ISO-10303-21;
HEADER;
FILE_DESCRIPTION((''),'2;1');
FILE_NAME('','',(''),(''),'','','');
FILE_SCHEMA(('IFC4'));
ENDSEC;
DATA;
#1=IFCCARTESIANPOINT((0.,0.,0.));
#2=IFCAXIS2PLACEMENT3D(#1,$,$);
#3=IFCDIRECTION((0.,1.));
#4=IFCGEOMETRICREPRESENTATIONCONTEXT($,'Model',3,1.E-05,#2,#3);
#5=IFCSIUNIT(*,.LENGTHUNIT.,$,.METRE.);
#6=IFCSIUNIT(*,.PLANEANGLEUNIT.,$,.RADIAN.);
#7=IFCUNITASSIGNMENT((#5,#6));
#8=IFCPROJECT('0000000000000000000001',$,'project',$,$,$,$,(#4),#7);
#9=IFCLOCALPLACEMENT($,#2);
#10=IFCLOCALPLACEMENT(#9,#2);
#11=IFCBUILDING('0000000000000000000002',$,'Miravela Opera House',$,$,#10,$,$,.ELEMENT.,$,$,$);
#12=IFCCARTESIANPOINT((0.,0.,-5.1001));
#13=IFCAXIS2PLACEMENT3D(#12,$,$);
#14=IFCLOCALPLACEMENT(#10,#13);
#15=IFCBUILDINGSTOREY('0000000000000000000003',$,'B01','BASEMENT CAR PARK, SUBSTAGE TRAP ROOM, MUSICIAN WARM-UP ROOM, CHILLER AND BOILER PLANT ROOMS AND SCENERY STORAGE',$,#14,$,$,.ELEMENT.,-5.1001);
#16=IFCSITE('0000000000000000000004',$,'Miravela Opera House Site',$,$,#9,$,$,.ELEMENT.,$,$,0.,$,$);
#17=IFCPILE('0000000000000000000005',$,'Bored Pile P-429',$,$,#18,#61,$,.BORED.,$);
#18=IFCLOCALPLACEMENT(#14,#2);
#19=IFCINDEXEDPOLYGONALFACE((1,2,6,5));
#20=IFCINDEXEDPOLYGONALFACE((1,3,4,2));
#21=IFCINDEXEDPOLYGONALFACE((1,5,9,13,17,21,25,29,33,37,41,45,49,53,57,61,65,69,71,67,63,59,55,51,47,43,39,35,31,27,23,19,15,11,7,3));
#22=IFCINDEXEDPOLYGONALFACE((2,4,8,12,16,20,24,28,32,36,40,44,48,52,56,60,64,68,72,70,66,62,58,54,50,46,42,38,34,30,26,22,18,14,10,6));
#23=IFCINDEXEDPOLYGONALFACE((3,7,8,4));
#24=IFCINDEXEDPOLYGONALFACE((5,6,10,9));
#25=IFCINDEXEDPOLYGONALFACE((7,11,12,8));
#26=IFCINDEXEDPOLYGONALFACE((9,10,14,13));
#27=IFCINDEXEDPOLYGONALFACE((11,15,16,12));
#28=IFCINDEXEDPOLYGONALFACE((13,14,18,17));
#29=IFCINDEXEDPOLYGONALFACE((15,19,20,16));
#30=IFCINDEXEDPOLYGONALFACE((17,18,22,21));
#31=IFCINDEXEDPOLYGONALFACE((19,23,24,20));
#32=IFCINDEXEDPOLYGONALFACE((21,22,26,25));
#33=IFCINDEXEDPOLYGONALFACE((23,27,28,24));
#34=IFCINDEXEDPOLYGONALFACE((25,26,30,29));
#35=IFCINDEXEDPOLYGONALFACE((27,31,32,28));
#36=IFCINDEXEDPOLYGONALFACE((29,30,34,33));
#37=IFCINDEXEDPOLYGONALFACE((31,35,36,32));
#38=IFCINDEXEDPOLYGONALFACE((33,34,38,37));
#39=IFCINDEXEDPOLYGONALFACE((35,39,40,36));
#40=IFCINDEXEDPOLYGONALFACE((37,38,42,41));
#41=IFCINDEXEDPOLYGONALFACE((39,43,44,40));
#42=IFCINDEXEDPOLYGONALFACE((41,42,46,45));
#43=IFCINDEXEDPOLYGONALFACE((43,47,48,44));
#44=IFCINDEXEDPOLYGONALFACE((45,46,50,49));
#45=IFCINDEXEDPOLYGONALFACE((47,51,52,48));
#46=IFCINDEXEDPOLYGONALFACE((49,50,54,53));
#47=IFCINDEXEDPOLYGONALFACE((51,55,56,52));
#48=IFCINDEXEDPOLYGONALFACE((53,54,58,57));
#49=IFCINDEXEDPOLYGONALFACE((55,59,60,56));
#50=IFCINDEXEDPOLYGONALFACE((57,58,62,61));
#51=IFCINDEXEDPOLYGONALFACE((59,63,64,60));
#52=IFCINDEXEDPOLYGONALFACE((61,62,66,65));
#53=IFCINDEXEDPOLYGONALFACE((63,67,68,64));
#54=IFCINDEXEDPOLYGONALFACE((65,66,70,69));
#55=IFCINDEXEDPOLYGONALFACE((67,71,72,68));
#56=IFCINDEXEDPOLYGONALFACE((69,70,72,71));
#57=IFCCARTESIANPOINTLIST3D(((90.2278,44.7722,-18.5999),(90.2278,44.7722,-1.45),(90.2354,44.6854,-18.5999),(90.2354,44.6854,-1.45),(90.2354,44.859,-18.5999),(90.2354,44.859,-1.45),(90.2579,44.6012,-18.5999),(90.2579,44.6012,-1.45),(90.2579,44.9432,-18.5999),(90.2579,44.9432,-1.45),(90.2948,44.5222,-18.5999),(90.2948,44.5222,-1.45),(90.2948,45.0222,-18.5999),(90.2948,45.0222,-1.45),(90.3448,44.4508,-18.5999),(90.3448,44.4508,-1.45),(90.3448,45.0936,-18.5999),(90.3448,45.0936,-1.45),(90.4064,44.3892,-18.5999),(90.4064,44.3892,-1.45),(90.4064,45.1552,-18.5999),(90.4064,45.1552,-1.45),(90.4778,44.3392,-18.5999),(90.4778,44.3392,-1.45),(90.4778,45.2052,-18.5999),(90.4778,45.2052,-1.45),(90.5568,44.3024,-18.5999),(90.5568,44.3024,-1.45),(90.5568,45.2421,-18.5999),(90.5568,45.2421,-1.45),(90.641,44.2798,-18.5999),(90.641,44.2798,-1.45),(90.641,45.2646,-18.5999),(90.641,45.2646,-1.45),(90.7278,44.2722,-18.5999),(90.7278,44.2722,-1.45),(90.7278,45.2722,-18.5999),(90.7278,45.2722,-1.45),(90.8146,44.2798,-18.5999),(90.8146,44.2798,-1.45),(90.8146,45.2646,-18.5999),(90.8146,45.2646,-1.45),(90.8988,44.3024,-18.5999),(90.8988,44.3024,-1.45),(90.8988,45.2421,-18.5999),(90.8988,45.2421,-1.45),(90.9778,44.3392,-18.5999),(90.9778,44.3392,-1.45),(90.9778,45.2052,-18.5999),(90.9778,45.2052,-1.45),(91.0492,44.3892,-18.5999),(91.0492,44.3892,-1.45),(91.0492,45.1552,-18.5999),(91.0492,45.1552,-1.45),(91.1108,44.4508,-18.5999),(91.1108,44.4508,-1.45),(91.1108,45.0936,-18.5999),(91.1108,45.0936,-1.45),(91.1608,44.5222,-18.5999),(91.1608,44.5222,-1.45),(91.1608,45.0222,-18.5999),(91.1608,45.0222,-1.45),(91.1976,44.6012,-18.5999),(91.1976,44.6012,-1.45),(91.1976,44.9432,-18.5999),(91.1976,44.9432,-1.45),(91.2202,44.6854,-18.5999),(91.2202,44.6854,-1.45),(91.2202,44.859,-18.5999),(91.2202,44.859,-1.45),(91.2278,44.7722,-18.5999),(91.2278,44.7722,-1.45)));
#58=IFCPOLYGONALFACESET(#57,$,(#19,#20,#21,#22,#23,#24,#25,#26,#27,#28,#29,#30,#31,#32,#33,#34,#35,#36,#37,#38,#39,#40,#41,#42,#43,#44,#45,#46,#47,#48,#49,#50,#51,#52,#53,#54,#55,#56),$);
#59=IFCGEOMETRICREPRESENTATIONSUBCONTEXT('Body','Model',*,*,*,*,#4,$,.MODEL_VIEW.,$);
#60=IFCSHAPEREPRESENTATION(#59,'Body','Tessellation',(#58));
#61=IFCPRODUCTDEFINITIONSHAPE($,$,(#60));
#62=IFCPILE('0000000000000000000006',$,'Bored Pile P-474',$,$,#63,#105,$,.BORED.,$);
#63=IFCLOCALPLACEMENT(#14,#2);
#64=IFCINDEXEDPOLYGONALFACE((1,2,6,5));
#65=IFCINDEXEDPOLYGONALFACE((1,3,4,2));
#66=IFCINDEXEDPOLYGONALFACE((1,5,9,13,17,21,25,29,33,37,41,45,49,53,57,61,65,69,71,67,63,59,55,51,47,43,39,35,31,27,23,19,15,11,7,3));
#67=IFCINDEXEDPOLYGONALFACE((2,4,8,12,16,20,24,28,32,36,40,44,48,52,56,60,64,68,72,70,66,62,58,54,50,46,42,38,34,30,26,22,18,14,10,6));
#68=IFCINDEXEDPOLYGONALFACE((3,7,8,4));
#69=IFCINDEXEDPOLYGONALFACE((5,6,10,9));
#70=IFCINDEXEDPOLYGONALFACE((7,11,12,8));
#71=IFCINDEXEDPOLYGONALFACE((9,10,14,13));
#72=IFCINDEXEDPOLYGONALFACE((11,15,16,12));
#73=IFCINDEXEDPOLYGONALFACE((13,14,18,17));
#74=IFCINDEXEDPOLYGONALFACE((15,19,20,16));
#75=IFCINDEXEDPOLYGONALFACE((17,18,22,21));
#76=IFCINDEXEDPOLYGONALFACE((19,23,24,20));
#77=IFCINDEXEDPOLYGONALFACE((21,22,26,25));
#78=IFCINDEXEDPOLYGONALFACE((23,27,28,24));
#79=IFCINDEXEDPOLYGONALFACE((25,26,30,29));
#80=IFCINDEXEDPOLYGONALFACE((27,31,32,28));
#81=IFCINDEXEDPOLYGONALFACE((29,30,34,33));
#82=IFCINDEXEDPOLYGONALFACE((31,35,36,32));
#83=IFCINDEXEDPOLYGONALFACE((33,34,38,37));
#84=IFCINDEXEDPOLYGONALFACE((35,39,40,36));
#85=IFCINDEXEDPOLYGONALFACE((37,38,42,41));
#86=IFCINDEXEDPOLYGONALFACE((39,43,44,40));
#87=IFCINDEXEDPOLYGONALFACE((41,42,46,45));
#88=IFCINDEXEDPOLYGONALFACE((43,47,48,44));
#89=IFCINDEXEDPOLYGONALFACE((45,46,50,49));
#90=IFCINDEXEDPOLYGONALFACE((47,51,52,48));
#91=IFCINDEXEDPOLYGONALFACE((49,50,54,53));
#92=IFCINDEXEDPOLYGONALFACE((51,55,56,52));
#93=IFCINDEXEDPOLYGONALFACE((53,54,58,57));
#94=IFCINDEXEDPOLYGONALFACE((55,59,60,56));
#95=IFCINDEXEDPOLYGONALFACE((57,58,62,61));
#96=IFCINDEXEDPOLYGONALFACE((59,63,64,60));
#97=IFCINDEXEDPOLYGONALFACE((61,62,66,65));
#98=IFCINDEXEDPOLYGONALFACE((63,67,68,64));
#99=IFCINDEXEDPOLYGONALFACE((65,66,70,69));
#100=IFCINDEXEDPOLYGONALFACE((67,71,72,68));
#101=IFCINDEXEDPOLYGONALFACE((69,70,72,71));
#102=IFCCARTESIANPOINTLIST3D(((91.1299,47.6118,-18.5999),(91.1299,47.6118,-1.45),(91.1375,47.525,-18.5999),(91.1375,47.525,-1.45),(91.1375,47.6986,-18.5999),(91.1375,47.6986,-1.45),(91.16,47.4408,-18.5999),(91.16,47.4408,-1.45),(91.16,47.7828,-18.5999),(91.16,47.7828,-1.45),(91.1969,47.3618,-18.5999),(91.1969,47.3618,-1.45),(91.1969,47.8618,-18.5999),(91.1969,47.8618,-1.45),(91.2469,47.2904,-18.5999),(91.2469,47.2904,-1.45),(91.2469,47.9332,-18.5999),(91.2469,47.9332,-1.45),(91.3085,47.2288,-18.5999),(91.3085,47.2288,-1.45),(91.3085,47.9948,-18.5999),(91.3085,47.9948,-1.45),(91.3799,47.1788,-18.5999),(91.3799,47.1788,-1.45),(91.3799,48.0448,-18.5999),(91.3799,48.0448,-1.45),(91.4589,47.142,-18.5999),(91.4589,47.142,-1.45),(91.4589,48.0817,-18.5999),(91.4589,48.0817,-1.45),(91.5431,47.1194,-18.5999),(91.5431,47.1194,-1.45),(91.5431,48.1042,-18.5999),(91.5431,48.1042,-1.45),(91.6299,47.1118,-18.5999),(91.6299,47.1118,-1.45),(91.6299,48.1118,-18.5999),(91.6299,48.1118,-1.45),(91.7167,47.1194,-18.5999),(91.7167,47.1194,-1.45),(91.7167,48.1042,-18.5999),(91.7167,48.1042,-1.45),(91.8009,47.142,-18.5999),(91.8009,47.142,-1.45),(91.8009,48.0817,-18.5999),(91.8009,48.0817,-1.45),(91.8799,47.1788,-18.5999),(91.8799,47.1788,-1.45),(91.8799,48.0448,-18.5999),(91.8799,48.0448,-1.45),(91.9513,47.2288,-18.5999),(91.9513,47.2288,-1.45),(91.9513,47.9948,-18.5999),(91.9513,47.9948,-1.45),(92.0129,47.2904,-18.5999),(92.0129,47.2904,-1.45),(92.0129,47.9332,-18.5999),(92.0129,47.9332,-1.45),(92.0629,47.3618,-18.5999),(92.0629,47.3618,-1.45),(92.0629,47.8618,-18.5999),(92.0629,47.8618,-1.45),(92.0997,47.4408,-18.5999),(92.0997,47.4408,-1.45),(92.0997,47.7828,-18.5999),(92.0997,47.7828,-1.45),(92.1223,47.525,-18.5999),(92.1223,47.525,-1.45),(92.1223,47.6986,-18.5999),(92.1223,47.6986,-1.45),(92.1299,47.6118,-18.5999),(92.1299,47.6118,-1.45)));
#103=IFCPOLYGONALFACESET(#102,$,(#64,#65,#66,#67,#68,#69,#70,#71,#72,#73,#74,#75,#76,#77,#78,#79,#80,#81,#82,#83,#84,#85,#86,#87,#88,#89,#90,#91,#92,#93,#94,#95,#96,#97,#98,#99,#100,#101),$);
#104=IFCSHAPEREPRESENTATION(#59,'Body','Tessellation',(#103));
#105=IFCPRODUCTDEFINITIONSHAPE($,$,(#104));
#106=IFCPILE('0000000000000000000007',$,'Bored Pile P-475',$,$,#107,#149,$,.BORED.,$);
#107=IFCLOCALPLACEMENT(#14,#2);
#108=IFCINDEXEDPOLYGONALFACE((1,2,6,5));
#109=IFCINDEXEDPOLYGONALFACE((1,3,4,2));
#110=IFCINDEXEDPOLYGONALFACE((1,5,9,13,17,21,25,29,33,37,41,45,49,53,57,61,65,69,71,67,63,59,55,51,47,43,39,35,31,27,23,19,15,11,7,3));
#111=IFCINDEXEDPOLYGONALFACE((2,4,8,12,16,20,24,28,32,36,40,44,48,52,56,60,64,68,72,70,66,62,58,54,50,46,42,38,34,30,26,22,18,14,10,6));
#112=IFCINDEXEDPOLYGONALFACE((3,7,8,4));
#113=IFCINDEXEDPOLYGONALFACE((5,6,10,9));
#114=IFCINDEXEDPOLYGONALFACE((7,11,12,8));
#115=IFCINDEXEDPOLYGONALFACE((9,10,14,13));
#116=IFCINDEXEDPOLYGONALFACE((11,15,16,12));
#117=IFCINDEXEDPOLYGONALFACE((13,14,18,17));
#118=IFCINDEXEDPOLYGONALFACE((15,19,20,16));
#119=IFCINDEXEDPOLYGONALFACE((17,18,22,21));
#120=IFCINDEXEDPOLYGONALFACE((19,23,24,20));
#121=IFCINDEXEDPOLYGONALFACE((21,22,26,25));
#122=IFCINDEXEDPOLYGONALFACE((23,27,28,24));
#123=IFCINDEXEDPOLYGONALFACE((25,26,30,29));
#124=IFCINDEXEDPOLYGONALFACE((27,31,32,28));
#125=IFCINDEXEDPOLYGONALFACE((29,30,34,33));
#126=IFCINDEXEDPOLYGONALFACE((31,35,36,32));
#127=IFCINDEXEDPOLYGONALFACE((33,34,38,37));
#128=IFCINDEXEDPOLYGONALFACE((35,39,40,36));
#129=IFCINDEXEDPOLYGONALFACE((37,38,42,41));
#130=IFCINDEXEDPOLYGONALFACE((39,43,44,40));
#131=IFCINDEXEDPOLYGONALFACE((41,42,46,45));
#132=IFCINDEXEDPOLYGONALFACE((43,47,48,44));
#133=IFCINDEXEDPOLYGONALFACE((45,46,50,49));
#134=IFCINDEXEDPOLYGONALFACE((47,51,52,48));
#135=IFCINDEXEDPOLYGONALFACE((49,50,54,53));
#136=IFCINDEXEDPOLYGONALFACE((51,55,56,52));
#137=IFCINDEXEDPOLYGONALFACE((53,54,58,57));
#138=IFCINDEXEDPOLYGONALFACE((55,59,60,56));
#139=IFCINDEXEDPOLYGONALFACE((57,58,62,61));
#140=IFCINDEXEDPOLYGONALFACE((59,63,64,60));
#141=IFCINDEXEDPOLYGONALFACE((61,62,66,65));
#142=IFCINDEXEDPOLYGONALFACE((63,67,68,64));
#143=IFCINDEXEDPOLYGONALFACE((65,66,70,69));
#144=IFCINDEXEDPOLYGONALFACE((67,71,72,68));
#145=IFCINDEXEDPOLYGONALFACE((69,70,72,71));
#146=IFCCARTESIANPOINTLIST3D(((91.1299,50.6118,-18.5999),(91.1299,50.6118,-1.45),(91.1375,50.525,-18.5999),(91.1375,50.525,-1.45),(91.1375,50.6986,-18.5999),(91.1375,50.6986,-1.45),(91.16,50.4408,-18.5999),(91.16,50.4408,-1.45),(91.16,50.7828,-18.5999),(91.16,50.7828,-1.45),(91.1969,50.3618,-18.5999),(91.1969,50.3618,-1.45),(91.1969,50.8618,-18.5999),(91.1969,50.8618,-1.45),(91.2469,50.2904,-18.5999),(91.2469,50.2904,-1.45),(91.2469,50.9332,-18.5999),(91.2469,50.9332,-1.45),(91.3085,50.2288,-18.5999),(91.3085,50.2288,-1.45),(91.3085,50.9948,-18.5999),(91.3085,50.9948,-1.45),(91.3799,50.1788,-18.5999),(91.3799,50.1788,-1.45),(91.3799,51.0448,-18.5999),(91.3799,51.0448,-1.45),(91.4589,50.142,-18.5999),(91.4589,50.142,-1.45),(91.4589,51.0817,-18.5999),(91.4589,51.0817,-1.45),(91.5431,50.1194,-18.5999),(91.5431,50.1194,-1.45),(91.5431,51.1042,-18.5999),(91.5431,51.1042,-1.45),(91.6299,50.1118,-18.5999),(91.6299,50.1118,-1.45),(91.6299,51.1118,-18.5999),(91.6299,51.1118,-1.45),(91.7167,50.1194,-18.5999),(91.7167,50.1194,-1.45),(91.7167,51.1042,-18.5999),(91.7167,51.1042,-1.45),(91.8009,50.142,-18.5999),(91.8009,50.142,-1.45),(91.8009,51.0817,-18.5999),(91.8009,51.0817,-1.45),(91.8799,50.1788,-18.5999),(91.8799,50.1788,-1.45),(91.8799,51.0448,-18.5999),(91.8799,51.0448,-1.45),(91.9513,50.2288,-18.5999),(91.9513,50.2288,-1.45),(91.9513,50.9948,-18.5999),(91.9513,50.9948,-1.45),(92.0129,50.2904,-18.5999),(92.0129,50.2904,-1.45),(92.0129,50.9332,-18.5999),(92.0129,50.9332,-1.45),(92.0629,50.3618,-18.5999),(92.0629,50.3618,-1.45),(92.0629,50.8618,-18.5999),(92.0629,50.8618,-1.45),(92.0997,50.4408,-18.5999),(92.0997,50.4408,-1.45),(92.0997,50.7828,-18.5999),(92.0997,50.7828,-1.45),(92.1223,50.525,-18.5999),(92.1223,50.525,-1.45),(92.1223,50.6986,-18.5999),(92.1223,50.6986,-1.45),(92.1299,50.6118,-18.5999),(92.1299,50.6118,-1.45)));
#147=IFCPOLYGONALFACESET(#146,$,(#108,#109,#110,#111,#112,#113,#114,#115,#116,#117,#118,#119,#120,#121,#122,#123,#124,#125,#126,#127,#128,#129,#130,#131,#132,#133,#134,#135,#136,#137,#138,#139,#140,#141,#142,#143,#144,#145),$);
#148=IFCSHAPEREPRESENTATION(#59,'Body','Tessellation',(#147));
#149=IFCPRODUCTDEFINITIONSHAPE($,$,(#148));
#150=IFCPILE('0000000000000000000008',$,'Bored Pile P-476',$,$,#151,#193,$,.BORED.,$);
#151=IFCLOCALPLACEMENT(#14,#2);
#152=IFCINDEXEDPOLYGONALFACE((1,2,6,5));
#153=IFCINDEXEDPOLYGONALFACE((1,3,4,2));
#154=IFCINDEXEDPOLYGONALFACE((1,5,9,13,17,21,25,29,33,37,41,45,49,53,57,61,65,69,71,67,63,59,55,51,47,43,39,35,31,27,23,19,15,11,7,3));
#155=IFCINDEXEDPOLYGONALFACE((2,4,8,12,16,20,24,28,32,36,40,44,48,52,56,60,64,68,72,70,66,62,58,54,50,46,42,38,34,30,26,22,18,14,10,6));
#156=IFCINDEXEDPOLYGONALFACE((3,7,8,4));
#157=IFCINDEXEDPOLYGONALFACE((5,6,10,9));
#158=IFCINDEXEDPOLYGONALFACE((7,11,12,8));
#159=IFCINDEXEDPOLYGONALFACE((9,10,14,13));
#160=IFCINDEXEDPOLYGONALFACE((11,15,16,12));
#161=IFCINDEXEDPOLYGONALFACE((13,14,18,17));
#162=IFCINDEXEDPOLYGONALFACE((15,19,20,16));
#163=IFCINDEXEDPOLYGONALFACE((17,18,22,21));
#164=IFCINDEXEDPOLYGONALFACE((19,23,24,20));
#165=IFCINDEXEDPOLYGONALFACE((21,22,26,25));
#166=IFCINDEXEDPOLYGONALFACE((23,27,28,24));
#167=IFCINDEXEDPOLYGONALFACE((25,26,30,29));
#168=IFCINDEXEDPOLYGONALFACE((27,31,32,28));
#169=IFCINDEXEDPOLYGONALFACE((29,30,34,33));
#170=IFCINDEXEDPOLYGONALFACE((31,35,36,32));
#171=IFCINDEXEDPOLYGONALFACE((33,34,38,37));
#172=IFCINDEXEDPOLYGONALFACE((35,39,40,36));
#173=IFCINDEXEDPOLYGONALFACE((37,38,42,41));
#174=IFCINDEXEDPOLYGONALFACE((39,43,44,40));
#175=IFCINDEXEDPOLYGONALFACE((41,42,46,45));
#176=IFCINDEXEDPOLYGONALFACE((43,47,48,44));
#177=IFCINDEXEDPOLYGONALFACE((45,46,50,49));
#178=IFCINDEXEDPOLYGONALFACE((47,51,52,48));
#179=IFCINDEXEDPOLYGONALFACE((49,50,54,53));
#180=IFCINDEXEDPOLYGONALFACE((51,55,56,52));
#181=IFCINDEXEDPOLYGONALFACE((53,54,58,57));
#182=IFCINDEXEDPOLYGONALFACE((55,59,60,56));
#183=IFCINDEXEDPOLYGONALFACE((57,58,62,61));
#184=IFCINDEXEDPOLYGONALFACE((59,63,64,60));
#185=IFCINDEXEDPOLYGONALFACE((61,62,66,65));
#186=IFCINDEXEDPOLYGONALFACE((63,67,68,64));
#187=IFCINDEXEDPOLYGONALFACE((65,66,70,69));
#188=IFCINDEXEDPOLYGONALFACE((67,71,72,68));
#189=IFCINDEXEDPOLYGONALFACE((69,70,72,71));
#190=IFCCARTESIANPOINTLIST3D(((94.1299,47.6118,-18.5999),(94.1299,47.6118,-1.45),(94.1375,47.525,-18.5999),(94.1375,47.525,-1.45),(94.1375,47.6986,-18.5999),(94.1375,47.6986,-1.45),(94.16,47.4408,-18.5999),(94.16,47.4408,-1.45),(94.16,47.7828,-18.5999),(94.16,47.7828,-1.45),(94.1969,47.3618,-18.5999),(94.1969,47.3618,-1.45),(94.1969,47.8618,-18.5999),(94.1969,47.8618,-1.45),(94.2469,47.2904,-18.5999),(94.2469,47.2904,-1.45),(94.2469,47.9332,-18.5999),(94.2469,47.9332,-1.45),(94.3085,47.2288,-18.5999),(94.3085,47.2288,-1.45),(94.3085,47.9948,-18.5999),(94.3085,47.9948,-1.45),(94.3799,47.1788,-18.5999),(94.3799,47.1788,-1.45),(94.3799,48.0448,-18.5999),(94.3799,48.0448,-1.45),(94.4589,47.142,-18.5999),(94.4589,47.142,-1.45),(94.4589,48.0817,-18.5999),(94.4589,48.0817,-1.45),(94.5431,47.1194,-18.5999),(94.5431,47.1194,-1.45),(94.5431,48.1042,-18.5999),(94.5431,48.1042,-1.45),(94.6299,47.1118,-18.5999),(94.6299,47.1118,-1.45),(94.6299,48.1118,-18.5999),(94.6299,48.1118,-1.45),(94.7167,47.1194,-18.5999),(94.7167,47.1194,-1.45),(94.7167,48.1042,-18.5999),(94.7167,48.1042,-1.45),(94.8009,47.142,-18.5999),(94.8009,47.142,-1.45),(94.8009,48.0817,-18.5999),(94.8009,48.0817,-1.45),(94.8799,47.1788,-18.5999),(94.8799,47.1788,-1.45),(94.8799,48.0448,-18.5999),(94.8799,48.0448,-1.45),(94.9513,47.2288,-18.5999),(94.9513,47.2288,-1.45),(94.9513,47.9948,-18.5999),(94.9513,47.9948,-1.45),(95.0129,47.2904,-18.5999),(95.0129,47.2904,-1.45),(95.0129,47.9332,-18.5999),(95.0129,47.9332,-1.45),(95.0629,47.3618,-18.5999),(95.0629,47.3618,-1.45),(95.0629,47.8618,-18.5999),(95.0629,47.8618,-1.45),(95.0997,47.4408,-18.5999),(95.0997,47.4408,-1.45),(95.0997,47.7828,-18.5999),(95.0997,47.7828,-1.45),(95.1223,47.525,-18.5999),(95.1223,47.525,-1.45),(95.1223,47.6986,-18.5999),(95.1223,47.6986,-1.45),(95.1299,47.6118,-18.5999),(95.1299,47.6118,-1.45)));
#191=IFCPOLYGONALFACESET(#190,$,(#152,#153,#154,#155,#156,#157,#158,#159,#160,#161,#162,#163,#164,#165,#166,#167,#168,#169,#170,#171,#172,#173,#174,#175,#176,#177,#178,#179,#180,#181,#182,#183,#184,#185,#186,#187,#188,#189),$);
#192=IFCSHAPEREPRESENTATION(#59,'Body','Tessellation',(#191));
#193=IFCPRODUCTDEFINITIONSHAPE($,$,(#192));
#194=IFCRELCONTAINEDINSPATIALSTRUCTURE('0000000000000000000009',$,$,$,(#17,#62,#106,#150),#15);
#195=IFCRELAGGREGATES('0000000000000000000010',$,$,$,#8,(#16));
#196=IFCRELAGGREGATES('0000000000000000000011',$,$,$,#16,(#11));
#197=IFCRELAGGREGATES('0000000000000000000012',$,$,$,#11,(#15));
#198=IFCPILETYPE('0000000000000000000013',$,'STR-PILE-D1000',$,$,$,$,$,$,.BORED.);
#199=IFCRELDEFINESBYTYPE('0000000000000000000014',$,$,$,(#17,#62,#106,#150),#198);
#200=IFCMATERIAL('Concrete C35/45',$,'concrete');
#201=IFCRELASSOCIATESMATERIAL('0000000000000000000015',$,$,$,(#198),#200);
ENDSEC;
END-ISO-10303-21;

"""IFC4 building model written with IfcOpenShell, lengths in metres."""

from ifc_helpers import new_model, si_unit, direction, frame, origin, origin_2d, place, context, subcontext, project, spatial, circle, extrude, material, material_profile, profile_set, type_object, element, save


model = new_model("IFC4")

# Units and contexts
model_context = context("Model", 3, precision=1e-05, world=origin(), true_north=direction((0.0, 1.0)))
body_context = subcontext(model_context, "Body", "Model", "MODEL_VIEW")
ifc_project = project(units=[si_unit("LENGTHUNIT", "METRE"), si_unit("PLANEANGLEUNIT", "RADIAN")], contexts=[model_context])

# Site, building, storey
site_placement = place(None, origin())
site = spatial("IfcSite", under=ifc_project, at=site_placement, Name="Miravela Opera House Site", CompositionType="ELEMENT", RefElevation=0.0)
building_placement = place(site_placement, origin())
building = spatial("IfcBuilding", under=site, at=building_placement, Name="Miravela Opera House", CompositionType="ELEMENT")
storey_placement = place(building_placement, frame((0.0, 0.0, -5.1001)))
storey = spatial("IfcBuildingStorey", under=building, at=storey_placement, Name="B01", Description="BASEMENT CAR PARK, SUBSTAGE TRAP ROOM, MUSICIAN WARM-UP ROOM, CHILLER AND BOILER PLANT ROOMS AND SCENERY STORAGE", CompositionType="ELEMENT", Elevation=-5.1001)

# Shared definitions
ifc_material_1 = material(Name="Concrete C35/45", Category="concrete")

# Piles
ifc_material_profile_1 = material_profile(ifc_material_1, circle(Radius=0.5, at=origin_2d()), Name="PILE-D1000")
ifc_profile_set_1 = profile_set([ifc_material_profile_1])
pile_type = type_object("IfcPileType", Name="STR-PILE-D1000", PredefinedType="BORED", material=ifc_profile_set_1)
for number, where, z_axis, x_axis, name in (
    (1, (90.7278, 44.7722, -1.45), (0.0, 0.0, -1.0), (1.0, 0.0, 0.0), "Bored Pile P-429"),
    (2, (91.6299, 47.6118, -1.45), (0.0, 0.0, -1.0), (1.0, 0.0, 0.0), "Bored Pile P-474"),
    (3, (91.6299, 50.6118, -1.45), (0.0, 0.0, -1.0), (1.0, 0.0, 0.0), "Bored Pile P-475"),
    (4, (94.6299, 47.6118, -1.45), (0.0, 0.0, -1.0), (1.0, 0.0, 0.0), "Bored Pile P-476"),
):
    element("IfcPile", number, at=place(storey_placement, frame(where, z_axis=z_axis, x_axis=x_axis)), inside=storey, type_object=pile_type, Name=name, PredefinedType="BORED", context=body_context, shape_type="SweptSolid", body=[
        extrude(circle(Radius=0.5, at=origin_2d()), origin(), (0.0, 0.0, 1.0), 17.1499),
    ])

save(model, "model.ifc")
